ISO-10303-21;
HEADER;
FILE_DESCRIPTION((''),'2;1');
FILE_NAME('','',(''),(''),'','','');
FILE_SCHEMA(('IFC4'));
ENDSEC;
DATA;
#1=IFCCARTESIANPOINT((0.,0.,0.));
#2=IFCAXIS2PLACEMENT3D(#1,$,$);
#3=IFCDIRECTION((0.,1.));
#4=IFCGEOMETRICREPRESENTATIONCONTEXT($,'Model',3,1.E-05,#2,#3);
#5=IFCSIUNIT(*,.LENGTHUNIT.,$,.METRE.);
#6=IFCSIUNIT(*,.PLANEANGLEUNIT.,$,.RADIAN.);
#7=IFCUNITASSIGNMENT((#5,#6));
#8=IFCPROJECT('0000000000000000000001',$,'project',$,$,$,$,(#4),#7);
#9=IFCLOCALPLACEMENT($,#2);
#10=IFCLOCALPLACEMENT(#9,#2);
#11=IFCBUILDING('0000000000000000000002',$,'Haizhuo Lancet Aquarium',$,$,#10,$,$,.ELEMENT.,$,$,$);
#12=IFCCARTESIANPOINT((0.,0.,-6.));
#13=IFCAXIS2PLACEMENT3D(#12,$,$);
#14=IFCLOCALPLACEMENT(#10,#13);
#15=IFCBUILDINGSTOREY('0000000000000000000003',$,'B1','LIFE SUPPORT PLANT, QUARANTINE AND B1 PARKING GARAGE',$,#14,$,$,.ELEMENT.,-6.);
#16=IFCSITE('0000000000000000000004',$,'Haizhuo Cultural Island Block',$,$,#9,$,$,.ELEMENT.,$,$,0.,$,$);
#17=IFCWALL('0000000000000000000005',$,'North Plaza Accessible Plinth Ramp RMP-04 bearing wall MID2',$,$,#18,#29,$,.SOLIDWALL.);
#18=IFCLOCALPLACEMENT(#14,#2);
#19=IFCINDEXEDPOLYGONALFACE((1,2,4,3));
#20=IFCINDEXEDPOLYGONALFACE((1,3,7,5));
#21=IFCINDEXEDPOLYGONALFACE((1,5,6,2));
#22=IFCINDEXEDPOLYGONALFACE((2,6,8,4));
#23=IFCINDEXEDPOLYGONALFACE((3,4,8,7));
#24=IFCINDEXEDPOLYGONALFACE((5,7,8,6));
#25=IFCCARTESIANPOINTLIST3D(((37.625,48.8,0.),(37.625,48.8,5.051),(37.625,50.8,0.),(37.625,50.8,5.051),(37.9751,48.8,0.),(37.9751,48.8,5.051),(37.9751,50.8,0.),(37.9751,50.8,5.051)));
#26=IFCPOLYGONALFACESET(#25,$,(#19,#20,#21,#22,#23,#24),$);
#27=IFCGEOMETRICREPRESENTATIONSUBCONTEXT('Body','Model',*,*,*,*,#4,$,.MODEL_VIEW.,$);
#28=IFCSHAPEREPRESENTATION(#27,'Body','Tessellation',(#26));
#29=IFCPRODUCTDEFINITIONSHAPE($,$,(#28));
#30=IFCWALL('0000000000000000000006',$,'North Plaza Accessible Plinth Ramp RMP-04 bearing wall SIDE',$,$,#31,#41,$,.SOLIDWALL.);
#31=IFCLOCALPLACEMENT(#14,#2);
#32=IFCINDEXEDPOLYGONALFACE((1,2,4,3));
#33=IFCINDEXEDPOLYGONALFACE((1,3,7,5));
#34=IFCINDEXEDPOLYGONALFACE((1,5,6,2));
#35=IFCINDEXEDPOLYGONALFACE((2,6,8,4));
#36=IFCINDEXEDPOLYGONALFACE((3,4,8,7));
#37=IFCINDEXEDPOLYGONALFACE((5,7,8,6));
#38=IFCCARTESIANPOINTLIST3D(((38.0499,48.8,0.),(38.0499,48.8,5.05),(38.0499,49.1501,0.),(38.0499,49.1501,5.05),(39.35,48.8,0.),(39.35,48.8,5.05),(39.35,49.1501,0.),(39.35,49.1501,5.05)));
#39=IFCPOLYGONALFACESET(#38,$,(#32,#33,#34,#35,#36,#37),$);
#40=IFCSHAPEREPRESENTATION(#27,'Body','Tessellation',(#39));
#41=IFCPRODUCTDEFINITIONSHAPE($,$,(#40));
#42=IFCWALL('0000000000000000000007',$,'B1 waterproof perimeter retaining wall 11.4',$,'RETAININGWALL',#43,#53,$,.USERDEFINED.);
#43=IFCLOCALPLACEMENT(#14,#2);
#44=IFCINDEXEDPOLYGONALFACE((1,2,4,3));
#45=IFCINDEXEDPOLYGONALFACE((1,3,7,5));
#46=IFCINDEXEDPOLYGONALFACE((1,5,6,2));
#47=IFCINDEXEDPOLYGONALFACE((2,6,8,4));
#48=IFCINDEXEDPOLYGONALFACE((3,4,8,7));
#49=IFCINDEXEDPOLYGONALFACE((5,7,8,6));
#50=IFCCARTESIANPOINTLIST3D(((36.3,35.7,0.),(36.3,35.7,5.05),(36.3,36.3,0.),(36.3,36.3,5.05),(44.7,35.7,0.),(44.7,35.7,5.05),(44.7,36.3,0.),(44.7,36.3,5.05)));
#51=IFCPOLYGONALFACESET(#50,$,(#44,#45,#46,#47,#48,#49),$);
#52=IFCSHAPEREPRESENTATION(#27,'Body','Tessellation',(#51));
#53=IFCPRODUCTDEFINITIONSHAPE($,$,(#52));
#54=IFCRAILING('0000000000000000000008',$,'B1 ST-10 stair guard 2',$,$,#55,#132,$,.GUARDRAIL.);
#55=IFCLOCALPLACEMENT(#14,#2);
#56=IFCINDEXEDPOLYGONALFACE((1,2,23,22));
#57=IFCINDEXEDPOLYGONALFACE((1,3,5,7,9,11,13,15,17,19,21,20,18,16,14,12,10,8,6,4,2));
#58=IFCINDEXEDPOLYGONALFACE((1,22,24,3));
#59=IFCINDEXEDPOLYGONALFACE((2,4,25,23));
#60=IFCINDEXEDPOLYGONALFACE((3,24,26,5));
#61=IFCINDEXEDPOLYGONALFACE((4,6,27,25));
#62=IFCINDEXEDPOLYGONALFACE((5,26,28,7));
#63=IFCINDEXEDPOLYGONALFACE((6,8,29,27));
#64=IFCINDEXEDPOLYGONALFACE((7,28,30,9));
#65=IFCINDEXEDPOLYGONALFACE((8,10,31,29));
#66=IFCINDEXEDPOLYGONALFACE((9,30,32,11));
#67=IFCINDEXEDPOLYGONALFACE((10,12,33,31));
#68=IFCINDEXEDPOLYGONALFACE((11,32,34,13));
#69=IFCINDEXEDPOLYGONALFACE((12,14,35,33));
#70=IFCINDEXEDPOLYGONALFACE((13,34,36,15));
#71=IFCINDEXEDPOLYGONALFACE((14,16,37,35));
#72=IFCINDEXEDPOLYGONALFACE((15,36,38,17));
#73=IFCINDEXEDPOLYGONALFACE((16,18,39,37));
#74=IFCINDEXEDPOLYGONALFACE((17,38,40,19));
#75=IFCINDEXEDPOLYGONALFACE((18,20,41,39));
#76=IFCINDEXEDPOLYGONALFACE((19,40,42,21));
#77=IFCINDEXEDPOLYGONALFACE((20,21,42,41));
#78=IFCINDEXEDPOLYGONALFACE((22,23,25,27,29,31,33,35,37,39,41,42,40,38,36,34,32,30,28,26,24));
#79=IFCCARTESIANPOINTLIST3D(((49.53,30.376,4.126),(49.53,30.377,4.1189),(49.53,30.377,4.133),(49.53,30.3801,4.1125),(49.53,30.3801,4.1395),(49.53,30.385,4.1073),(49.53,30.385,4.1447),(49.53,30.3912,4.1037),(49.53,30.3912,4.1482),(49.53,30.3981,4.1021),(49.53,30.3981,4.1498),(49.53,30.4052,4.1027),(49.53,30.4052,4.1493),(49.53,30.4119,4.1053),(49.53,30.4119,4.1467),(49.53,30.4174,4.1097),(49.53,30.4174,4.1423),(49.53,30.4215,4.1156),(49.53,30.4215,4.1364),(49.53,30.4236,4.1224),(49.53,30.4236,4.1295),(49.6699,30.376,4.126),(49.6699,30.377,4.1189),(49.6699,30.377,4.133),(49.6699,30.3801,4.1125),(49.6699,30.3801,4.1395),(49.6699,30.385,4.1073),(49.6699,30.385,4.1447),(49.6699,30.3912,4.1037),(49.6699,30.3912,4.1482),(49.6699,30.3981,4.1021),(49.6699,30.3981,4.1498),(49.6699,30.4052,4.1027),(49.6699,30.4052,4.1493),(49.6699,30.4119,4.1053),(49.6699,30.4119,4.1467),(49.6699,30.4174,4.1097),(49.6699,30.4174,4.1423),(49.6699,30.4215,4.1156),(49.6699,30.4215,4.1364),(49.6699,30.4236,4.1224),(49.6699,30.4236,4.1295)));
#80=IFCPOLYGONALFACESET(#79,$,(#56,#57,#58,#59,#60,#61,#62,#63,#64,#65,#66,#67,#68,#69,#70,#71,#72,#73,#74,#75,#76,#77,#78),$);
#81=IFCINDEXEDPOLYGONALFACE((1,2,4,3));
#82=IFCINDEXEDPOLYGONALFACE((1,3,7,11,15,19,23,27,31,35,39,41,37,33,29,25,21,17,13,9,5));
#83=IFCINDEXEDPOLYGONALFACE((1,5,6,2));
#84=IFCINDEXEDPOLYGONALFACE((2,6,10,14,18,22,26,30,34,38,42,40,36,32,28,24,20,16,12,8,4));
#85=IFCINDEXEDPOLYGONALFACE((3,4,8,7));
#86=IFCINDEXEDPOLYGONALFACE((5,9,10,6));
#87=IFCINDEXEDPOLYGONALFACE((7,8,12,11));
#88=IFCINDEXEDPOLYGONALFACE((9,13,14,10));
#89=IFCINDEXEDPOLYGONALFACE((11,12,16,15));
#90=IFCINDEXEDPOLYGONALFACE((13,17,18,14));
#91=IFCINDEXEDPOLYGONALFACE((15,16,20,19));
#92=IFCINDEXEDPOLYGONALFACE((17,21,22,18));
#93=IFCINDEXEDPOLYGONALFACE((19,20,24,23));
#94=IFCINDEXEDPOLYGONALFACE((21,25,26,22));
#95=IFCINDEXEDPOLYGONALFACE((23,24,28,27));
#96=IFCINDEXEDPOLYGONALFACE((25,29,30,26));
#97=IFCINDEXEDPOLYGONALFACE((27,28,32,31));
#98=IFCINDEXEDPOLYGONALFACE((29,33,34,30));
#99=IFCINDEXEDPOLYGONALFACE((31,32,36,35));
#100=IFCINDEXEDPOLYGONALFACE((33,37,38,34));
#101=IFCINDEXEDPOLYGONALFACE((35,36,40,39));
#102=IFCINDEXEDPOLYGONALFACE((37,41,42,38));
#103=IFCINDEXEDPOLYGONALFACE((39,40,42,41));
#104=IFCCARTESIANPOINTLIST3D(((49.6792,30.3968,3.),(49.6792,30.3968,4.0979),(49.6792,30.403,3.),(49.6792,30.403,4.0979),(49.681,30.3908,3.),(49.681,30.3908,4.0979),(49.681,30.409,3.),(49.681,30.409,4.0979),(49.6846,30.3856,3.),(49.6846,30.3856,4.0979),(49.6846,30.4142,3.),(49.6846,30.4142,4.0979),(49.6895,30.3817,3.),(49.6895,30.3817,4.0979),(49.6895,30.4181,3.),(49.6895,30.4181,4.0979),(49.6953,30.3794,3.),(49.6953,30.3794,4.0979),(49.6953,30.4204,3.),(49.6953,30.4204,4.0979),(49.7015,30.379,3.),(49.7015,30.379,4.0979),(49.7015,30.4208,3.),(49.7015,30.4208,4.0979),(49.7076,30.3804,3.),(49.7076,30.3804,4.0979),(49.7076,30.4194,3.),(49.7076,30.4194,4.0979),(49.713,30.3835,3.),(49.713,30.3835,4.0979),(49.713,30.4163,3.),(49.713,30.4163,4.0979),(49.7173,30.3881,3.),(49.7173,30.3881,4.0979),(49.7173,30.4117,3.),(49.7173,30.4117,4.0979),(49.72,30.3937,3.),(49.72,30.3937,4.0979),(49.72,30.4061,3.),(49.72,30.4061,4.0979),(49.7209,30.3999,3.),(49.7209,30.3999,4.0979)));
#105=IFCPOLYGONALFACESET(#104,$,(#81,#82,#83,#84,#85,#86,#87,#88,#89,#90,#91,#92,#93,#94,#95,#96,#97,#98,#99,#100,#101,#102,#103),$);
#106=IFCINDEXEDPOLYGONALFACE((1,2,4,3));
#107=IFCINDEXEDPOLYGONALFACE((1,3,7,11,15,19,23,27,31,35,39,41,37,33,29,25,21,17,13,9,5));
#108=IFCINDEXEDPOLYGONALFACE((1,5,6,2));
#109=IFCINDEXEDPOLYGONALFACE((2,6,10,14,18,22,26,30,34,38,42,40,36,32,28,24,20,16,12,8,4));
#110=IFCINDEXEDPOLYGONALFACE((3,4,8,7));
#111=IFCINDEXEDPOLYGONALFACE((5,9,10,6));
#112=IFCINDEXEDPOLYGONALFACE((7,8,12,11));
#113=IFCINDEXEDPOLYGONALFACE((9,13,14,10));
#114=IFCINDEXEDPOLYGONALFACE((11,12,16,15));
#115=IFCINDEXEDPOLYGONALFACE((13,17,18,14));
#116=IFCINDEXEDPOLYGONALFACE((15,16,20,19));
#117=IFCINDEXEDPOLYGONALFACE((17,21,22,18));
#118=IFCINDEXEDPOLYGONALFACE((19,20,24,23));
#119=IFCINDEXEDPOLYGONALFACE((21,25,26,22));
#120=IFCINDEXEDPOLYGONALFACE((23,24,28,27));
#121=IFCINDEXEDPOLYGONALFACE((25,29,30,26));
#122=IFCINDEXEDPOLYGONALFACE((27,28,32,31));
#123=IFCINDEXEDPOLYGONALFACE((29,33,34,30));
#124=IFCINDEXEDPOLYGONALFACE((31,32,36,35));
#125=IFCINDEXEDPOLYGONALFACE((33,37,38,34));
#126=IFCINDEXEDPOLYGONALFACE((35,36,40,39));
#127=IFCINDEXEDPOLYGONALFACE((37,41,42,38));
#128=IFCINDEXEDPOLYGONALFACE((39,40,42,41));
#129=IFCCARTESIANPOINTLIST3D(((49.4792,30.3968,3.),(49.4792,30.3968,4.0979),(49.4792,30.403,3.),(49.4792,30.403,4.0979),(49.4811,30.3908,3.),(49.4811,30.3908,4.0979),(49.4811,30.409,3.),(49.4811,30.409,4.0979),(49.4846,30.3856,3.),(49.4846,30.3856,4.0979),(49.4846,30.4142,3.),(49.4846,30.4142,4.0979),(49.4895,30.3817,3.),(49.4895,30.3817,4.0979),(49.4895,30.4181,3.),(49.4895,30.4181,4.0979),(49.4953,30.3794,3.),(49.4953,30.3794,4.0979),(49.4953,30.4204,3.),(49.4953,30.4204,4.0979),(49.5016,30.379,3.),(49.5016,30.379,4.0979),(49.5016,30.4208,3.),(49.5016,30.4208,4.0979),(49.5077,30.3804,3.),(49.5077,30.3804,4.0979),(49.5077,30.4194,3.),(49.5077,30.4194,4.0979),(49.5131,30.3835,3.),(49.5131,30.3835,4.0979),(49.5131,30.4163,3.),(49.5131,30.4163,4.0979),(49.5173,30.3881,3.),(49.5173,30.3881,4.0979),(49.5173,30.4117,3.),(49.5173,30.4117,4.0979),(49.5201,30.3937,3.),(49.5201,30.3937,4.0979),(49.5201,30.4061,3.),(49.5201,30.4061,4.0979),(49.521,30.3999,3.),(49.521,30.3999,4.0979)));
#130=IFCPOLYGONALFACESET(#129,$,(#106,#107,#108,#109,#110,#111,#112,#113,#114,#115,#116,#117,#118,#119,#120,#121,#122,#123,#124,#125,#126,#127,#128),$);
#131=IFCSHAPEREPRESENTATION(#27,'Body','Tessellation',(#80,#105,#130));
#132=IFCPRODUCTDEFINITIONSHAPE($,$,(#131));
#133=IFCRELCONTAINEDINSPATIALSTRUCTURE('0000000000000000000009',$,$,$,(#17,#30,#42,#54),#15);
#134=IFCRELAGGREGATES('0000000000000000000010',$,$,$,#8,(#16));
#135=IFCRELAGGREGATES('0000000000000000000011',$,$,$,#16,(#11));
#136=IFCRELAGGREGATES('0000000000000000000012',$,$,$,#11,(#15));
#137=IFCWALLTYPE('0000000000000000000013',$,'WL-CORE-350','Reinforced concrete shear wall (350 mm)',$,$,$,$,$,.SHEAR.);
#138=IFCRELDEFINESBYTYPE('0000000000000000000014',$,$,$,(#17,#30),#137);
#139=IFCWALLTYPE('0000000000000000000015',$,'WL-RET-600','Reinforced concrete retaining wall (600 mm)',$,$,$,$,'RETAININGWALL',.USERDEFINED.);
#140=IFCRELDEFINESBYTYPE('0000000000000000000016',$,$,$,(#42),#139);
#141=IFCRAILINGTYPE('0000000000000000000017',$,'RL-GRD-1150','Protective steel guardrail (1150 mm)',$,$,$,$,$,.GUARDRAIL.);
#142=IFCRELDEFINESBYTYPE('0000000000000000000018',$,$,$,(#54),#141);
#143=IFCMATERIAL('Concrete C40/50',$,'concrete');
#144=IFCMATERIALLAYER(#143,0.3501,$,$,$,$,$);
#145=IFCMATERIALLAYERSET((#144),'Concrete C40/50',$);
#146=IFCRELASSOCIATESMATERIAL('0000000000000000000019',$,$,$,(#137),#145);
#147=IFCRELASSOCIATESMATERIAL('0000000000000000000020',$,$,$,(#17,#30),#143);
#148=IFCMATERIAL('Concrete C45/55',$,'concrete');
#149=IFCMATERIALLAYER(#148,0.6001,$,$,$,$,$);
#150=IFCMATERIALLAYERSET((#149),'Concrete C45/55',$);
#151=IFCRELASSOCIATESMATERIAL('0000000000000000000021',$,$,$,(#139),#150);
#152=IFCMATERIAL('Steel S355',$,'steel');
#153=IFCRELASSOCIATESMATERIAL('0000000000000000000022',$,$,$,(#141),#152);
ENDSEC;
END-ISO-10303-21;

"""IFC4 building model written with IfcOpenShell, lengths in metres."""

from ifc_helpers import new_model, si_unit, direction, frame, frame_2d, origin, origin_2d, place, context, subcontext, project, spatial, rectangle, circle, extrude, material, layer, layer_set, type_object, element, save


model = new_model("IFC4")

# Units and contexts
model_context = context("Model", 3, precision=1e-05, world=origin(), true_north=direction((0.0, 1.0)))
body_context = subcontext(model_context, "Body", "Model", "MODEL_VIEW")
ifc_project = project(units=[si_unit("LENGTHUNIT", "METRE"), si_unit("PLANEANGLEUNIT", "RADIAN")], contexts=[model_context])

# Site, building, storey
site_placement = place(None, origin())
site = spatial("IfcSite", under=ifc_project, at=site_placement, Name="Haizhuo Cultural Island Block", CompositionType="ELEMENT", RefElevation=0.0)
building_placement = place(site_placement, origin())
building = spatial("IfcBuilding", under=site, at=building_placement, Name="Haizhuo Lancet Aquarium", CompositionType="ELEMENT")
storey_placement = place(building_placement, frame((0.0, 0.0, -6.0)))
storey = spatial("IfcBuildingStorey", under=building, at=storey_placement, Name="B1", Description="LIFE SUPPORT PLANT, QUARANTINE AND B1 PARKING GARAGE", CompositionType="ELEMENT", Elevation=-6.0)

# Shared definitions
ifc_material_1 = material(Name="Concrete C40/50", Category="concrete")

# Shared definitions
ifc_material_2 = material(Name="Steel S355", Category="steel")

# Walls
ifc_layer_1 = layer(ifc_material_1, 0.3501)
ifc_layer_set_1 = layer_set([ifc_layer_1], Name="Concrete C40/50")
wall_type_1 = type_object("IfcWallType", Name="WL-CORE-350", Description="Reinforced concrete shear wall (350 mm)", PredefinedType="SHEAR", material=ifc_layer_set_1)
for number, where, z_axis, x_axis, name in (
    (1, (37.8, 48.8, 0.0), (0.0, 0.0, 1.0), (0.0, 1.0, 0.0), "North Plaza Accessible Plinth Ramp RMP-04 bearing wall MID2"),
):
    element("IfcWall", number, at=place(storey_placement, frame(where, z_axis=z_axis, x_axis=x_axis)), inside=storey, type_object=wall_type_1, material=ifc_material_1, Name=name, PredefinedType="SOLIDWALL", context=body_context, shape_type="SweptSolid", body=[
        extrude(rectangle(XDim=2.0, YDim=0.3501, at=frame_2d((1.0, 0.0))), origin(), (0.0, 0.0, 1.0), 5.051),
    ])
wall_1_placement = place(storey_placement, frame((38.05, 48.9751, 0.0), z_axis=(0.0, 0.0, 1.0), x_axis=(1.0, 0.0, 0.0)))
element("IfcWall", 2, at=wall_1_placement, inside=storey, type_object=wall_type_1, material=ifc_material_1, Name="North Plaza Accessible Plinth Ramp RMP-04 bearing wall SIDE", PredefinedType="SOLIDWALL", context=body_context, shape_type="SweptSolid", body=[
    extrude(rectangle(XDim=1.3, YDim=0.3501, at=frame_2d((0.6499, 0.0))), origin(), (0.0, 0.0, 1.0), 5.05),
])
ifc_material_3 = material(Name="Concrete C45/55", Category="concrete")
ifc_layer_2 = layer(ifc_material_3, 0.6001)
ifc_layer_set_2 = layer_set([ifc_layer_2], Name="Concrete C45/55")
wall_type_2 = type_object("IfcWallType", Name="WL-RET-600", Description="Reinforced concrete retaining wall (600 mm)", ElementType="RETAININGWALL", PredefinedType="USERDEFINED", material=ifc_layer_set_2)
wall_2_placement = place(storey_placement, frame((44.7, 36.0, 0.0), z_axis=(0.0, 0.0, 1.0), x_axis=(-1.0, 0.0, 0.0)))
element("IfcWall", 3, at=wall_2_placement, inside=storey, type_object=wall_type_2, Name="B1 waterproof perimeter retaining wall 11.4", ObjectType="RETAININGWALL", PredefinedType="USERDEFINED", context=body_context, shape_type="SweptSolid", body=[
    extrude(rectangle(XDim=8.3999, YDim=0.6001, at=frame_2d((4.2, 0.0))), origin(), (0.0, 0.0, 1.0), 5.05),
])

# Railing
railing_type = type_object("IfcRailingType", Name="RL-GRD-1150", Description="Protective steel guardrail (1150 mm)", PredefinedType="GUARDRAIL", material=ifc_material_2)
railing_placement = place(storey_placement, frame((49.7, 30.3999, 3.0)))
element("IfcRailing", 4, at=railing_placement, inside=storey, type_object=railing_type, Name="B1 ST-10 stair guard 2", PredefinedType="GUARDRAIL", context=body_context, shape_type="SweptSolid", body=[
    extrude(circle(Radius=0.0239, at=origin_2d()), frame((-0.03, 0.0, 1.126), z_axis=(-1.0, 0.0, 0.0), x_axis=(0.0, -1.0, 0.0)), (0.0, 0.0, 1.0), 0.1399),
    extrude(circle(Radius=0.021, at=origin_2d()), origin(), (0.0, 0.0, 1.0), 1.0979),
    extrude(circle(Radius=0.021, at=origin_2d()), frame((-0.2, 0.0, 0.0)), (0.0, 0.0, 1.0), 1.0979),
])

save(model, "model.ifc")
